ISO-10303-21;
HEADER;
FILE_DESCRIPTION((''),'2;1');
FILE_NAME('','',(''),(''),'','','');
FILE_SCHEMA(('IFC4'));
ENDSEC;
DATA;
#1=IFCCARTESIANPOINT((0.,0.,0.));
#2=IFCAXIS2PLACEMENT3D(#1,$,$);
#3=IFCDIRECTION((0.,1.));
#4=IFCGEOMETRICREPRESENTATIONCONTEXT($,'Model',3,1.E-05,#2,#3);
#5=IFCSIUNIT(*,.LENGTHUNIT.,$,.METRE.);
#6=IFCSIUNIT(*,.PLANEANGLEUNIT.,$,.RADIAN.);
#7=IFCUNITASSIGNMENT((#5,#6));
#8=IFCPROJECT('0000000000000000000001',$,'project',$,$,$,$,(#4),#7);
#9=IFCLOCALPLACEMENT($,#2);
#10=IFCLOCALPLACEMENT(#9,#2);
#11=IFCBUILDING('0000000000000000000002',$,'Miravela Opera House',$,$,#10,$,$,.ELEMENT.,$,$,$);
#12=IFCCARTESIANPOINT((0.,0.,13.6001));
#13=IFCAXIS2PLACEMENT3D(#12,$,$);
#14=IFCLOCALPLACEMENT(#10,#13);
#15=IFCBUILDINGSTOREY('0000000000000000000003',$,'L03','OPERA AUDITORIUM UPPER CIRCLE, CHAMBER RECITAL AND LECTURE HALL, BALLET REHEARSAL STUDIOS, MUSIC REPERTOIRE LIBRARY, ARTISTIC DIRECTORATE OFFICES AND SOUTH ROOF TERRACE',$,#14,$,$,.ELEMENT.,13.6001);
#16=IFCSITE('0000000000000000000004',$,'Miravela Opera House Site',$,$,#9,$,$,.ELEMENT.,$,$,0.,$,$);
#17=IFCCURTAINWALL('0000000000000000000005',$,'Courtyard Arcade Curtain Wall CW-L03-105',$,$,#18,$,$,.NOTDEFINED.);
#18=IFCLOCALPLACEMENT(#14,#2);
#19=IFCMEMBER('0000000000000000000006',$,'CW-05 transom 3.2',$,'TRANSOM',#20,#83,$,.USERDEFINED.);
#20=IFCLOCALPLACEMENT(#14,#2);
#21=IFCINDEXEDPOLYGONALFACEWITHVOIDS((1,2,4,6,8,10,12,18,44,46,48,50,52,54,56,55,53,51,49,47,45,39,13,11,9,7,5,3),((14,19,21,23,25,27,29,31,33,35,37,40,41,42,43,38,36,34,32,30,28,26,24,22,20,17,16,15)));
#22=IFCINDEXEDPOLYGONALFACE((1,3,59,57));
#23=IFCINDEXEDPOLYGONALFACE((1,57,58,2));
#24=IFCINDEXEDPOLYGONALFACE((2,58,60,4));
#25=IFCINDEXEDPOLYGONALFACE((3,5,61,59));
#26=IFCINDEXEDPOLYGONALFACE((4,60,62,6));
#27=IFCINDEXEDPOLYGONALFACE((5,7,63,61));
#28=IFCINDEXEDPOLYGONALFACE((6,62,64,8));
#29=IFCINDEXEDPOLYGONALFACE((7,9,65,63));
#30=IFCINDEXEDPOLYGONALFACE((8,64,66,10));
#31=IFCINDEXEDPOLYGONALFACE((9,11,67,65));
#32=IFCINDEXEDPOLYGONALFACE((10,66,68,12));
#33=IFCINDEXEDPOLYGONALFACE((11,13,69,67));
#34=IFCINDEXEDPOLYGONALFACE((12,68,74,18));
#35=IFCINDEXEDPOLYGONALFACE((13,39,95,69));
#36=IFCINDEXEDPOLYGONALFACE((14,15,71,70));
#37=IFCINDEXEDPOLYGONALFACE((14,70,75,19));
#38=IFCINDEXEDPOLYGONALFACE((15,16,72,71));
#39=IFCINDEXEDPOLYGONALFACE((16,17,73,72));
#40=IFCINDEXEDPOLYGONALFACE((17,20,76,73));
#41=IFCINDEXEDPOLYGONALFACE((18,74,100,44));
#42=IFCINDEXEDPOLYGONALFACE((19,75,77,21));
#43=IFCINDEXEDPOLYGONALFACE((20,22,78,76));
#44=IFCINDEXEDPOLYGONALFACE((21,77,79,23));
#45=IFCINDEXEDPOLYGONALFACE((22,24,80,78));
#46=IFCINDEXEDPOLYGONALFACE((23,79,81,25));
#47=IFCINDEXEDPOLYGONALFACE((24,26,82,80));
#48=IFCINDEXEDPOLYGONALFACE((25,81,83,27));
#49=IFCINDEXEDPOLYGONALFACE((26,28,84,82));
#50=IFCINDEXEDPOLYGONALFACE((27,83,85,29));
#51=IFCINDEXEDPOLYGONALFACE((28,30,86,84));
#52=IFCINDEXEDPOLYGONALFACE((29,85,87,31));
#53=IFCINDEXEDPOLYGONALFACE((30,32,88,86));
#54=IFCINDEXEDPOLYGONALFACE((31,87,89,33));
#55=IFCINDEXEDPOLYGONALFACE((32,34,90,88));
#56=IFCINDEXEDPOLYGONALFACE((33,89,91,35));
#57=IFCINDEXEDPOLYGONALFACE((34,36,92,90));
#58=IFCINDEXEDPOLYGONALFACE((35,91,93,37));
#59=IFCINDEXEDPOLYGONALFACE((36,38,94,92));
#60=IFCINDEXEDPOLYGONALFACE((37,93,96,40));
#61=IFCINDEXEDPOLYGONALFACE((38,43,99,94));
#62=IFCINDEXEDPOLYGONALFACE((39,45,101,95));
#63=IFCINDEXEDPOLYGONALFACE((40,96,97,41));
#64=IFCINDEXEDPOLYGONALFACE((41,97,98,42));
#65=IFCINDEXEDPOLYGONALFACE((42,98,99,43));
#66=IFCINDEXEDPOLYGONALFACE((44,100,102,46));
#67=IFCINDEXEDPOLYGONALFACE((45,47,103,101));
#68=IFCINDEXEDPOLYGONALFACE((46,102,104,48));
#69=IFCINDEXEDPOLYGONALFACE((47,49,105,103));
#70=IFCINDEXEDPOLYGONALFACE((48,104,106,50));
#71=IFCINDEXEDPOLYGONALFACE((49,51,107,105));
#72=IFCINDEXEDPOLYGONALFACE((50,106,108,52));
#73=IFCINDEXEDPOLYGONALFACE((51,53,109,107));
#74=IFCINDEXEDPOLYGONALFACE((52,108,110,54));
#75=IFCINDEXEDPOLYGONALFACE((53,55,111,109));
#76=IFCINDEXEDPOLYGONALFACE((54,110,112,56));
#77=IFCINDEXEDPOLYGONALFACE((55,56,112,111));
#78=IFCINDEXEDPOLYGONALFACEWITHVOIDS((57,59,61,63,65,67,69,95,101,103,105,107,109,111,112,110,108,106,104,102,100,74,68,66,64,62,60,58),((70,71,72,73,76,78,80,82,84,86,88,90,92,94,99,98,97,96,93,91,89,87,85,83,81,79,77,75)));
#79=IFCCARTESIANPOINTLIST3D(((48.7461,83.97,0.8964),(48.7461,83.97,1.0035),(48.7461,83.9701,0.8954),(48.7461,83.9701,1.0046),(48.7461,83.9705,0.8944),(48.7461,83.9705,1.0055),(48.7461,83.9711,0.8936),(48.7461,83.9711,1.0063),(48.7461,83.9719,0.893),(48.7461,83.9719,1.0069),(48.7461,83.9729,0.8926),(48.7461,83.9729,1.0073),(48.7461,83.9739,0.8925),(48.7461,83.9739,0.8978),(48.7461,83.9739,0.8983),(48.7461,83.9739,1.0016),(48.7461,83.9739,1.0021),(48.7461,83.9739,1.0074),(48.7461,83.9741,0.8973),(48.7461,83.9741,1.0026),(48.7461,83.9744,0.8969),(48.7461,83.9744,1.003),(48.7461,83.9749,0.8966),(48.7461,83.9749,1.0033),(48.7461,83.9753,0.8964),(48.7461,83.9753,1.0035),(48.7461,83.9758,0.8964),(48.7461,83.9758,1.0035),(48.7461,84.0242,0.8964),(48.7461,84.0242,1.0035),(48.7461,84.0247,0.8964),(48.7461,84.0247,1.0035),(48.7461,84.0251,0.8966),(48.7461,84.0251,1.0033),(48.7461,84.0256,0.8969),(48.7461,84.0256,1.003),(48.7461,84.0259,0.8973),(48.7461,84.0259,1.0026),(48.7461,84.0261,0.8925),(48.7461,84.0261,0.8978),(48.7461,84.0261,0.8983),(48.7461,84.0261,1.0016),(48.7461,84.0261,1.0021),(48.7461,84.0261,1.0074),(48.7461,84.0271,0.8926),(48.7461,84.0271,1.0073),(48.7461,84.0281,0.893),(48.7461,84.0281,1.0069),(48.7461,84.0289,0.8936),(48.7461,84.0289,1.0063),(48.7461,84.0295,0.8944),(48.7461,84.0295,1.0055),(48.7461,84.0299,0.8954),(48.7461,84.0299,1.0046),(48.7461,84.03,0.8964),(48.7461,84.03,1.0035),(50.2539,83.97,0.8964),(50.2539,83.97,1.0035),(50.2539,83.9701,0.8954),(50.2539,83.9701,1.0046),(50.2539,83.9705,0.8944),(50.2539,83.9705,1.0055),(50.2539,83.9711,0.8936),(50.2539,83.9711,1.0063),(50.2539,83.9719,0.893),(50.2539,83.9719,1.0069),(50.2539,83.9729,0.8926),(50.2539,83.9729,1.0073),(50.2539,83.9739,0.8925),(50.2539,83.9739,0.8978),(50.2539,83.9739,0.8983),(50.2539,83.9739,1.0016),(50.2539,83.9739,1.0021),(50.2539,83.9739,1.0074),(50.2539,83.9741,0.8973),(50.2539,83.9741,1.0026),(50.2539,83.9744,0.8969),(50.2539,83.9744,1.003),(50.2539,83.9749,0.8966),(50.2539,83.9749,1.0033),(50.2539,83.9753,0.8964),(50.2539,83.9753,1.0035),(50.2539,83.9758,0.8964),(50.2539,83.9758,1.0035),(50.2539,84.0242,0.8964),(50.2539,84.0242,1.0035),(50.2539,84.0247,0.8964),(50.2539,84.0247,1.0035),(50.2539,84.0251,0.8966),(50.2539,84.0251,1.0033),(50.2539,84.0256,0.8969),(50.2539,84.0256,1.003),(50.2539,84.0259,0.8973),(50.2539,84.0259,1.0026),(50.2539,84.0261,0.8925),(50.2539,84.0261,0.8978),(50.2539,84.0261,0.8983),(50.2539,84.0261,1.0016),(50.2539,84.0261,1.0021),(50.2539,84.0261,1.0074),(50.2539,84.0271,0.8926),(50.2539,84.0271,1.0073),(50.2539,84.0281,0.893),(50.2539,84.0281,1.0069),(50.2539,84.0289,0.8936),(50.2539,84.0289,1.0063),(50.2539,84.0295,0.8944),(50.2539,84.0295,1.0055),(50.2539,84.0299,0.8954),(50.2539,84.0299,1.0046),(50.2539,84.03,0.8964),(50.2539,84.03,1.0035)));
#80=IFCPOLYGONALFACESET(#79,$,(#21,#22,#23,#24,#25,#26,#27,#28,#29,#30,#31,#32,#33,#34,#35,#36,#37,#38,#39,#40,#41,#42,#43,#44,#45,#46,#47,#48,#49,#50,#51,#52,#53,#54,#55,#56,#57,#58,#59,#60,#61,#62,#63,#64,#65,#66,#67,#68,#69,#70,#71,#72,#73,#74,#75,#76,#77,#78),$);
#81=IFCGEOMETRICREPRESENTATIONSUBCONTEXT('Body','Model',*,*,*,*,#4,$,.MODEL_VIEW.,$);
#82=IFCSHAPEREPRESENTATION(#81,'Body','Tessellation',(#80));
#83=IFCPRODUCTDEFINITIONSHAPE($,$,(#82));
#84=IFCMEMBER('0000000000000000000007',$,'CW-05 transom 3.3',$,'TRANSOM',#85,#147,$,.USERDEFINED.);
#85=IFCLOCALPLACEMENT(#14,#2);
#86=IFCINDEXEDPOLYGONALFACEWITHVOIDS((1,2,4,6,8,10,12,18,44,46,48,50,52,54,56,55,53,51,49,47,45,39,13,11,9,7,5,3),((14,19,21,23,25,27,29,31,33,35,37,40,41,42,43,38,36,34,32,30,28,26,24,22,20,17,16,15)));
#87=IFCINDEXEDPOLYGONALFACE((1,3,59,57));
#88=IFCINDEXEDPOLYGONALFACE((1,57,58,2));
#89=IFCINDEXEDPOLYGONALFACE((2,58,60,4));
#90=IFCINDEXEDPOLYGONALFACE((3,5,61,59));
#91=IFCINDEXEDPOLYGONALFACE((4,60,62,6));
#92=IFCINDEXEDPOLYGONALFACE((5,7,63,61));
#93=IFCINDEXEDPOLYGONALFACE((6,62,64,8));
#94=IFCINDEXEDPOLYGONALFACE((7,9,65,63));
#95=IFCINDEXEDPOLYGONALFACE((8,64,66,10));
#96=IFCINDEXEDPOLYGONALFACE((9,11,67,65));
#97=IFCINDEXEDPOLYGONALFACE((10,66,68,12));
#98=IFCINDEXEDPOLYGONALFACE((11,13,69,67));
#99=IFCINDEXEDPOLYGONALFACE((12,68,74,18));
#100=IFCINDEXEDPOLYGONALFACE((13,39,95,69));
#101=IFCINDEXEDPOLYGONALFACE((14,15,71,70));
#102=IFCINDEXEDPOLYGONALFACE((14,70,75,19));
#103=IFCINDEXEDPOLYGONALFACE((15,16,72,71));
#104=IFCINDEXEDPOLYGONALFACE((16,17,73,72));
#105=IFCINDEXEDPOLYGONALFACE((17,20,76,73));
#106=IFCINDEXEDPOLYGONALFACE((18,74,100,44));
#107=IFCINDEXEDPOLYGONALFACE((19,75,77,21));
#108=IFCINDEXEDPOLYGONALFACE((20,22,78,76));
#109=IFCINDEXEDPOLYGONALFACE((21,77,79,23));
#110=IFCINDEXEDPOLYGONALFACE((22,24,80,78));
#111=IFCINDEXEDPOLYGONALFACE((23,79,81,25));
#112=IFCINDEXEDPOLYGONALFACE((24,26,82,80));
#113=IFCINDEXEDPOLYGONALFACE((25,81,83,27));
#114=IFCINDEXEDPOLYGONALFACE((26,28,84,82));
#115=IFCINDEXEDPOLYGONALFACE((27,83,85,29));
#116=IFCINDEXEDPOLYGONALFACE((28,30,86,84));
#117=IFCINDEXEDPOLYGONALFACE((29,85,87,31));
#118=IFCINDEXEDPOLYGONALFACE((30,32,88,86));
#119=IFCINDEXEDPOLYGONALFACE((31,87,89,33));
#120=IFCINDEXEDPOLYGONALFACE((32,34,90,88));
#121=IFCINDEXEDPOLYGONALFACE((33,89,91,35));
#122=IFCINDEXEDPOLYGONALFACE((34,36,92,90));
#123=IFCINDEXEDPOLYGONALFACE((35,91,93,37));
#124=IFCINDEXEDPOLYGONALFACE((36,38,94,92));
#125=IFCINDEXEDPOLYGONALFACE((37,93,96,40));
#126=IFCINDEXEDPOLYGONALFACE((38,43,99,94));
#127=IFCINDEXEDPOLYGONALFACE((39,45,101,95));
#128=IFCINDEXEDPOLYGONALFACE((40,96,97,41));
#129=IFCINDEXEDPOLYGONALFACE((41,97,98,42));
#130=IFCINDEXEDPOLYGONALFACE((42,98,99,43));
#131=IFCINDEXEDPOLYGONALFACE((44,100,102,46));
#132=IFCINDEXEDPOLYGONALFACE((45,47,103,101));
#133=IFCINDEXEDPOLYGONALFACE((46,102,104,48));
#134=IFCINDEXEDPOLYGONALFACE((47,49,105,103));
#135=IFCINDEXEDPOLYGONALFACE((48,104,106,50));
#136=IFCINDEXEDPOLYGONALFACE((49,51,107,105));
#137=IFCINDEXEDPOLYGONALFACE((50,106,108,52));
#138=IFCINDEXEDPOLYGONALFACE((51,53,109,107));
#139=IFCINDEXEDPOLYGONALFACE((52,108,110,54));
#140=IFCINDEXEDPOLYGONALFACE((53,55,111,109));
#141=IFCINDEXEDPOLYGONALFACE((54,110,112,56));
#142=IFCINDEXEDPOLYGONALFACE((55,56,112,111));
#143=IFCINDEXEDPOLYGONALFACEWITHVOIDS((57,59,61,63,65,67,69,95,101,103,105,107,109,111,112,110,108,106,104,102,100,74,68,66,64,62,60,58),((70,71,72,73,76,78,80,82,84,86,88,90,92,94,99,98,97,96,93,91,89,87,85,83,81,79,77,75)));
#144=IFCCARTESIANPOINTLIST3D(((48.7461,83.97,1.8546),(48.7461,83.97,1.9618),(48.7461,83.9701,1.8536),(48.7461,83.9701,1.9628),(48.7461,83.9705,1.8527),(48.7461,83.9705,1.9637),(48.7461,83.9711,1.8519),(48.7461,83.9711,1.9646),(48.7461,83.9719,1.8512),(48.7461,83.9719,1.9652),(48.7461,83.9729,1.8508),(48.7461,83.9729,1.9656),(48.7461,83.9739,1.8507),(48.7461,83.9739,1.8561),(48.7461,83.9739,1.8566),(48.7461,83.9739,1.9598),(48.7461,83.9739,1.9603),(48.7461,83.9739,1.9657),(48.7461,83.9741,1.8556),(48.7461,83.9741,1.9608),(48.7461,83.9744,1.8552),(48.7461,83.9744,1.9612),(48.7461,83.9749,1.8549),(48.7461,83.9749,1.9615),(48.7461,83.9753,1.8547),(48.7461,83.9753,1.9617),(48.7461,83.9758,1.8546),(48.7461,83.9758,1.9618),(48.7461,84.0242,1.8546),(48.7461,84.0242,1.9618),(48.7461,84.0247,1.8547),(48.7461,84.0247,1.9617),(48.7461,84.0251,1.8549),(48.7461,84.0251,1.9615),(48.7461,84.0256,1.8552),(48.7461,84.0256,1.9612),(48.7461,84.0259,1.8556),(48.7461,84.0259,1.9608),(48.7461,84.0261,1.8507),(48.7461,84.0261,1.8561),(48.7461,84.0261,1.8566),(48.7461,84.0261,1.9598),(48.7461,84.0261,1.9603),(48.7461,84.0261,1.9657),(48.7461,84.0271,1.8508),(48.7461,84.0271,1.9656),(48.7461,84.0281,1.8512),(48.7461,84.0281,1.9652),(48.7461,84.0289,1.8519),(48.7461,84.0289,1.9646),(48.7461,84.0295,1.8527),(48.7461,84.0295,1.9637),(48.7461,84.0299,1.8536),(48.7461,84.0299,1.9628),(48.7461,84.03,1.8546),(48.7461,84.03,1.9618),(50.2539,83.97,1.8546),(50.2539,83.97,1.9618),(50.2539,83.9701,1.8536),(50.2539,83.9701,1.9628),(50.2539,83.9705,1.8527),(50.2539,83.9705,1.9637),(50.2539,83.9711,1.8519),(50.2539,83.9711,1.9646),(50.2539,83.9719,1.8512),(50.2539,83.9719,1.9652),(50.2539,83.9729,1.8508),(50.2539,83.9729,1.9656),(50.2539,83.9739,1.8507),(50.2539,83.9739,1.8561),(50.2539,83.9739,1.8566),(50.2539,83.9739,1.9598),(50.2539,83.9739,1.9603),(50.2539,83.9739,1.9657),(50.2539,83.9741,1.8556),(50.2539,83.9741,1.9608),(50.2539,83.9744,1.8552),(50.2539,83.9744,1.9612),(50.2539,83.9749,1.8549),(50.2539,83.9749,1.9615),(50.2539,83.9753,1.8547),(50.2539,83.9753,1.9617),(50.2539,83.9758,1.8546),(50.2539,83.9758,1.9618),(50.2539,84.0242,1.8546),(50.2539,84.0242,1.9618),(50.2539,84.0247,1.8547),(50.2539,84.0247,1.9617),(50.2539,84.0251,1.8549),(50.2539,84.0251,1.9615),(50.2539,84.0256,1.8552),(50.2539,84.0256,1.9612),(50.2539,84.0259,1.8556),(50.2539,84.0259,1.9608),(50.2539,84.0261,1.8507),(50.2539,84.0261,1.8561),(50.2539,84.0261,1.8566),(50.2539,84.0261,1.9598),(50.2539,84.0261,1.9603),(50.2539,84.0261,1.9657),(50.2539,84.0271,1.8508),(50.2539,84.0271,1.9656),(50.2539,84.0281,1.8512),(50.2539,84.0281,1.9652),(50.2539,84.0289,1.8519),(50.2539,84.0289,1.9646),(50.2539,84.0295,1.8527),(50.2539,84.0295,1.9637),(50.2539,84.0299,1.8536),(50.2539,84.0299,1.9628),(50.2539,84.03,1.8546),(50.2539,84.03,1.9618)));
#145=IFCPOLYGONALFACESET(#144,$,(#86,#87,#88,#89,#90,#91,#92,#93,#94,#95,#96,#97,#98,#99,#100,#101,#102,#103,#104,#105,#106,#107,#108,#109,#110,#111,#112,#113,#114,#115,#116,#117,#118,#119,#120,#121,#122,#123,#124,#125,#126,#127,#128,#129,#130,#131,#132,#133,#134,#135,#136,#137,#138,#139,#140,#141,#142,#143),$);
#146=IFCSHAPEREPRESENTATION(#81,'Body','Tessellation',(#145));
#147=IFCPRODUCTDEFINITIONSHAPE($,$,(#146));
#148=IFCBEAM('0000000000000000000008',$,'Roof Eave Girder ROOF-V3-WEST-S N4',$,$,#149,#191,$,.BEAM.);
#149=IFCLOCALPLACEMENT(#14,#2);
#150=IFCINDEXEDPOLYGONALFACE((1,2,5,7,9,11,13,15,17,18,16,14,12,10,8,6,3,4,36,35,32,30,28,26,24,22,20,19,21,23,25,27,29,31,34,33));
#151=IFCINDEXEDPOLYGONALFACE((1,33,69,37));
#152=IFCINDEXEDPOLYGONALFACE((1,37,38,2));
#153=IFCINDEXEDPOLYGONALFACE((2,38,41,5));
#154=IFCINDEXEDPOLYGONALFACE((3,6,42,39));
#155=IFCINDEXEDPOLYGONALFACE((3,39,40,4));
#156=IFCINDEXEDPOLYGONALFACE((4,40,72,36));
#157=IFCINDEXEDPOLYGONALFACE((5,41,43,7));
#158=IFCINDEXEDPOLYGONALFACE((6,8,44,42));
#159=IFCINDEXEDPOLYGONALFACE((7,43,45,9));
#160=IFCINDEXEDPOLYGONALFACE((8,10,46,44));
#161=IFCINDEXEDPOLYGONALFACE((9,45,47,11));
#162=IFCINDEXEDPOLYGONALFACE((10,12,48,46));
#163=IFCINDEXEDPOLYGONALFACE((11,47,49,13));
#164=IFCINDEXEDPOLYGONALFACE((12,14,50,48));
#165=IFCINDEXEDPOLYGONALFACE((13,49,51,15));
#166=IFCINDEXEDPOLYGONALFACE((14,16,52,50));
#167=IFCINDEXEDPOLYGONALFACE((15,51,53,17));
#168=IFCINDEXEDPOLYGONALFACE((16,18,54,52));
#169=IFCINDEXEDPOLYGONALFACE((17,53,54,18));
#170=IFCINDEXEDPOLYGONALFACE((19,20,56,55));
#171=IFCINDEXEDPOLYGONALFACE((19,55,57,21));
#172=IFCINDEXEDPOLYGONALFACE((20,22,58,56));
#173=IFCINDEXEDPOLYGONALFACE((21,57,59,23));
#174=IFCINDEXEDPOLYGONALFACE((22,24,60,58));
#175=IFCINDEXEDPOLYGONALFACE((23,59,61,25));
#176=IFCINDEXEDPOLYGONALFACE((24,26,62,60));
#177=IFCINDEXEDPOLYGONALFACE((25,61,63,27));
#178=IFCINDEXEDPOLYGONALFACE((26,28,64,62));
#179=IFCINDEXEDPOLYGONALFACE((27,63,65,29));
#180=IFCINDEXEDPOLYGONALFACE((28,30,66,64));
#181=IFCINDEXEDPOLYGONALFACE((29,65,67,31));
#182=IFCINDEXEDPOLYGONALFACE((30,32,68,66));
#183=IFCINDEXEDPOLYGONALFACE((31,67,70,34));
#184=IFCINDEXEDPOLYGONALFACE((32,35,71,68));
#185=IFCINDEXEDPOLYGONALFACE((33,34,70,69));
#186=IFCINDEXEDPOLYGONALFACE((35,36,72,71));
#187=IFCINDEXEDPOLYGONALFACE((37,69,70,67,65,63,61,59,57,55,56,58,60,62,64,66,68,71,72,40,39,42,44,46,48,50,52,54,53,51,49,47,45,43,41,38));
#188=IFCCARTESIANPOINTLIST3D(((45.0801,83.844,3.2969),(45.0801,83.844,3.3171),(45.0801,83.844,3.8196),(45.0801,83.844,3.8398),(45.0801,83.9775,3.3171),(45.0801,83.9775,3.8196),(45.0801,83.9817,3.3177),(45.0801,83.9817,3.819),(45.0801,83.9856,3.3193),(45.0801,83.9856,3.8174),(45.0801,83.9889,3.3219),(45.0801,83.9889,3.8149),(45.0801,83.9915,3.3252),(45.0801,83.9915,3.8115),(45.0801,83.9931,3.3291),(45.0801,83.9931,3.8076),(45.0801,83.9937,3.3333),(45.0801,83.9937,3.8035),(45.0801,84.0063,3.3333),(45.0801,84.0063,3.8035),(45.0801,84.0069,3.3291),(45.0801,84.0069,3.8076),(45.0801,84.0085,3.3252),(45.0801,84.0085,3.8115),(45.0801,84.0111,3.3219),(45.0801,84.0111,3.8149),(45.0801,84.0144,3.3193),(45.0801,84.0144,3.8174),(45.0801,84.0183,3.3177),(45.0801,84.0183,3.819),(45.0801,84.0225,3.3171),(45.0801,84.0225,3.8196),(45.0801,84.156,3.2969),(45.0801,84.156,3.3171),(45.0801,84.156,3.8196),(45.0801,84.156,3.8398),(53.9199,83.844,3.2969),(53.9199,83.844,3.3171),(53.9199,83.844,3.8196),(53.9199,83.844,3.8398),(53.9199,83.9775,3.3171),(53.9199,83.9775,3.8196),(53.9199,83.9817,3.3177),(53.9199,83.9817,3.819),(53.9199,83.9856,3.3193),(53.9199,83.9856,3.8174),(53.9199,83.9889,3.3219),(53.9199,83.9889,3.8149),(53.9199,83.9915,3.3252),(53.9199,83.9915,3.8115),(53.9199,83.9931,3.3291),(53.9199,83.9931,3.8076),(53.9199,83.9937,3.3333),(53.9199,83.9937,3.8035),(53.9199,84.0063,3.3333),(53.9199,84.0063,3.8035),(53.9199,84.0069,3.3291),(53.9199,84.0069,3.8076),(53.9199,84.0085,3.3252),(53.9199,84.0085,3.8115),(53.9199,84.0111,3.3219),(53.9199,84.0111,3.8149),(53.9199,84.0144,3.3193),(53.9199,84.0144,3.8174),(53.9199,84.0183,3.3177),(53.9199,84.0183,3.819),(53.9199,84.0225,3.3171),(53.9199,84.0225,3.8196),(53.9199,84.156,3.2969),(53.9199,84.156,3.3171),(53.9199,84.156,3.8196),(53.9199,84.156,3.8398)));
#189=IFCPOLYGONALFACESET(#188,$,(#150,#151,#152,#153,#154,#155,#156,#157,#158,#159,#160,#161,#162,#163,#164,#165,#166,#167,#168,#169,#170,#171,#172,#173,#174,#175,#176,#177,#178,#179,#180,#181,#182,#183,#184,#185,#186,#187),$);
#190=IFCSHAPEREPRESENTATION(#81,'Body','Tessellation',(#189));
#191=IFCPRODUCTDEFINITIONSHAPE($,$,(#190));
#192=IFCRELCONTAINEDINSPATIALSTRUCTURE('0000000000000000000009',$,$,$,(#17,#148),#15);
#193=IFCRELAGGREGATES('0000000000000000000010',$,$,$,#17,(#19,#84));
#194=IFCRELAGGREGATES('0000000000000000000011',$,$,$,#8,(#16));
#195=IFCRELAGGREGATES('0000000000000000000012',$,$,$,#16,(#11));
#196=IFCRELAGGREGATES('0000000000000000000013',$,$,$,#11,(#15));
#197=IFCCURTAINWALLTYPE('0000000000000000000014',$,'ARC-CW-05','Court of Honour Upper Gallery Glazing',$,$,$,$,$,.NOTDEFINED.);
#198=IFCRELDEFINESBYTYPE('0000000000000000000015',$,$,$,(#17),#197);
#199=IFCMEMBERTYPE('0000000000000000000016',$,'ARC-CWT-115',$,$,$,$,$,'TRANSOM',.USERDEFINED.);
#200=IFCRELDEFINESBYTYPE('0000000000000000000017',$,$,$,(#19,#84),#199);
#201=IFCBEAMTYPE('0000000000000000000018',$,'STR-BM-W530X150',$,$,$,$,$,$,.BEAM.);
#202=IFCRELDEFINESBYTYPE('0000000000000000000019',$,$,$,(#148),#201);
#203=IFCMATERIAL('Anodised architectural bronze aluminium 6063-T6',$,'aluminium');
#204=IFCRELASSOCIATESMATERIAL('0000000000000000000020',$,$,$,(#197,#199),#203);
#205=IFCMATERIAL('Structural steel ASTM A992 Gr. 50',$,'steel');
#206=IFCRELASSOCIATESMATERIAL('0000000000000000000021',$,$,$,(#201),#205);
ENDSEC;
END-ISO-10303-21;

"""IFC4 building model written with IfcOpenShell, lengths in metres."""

from ifc_helpers import new_model, si_unit, direction, frame, origin, origin_2d, place, context, subcontext, project, spatial, hollow_rectangle, i_section, extrude, material, material_profile, profile_set, type_object, element, aggregate, save


model = new_model("IFC4")

# Units and contexts
model_context = context("Model", 3, precision=1e-05, world=origin(), true_north=direction((0.0, 1.0)))
body_context = subcontext(model_context, "Body", "Model", "MODEL_VIEW")
ifc_project = project(units=[si_unit("LENGTHUNIT", "METRE"), si_unit("PLANEANGLEUNIT", "RADIAN")], contexts=[model_context])

# Site, building, storey
site_placement = place(None, origin())
site = spatial("IfcSite", under=ifc_project, at=site_placement, Name="Miravela Opera House Site", CompositionType="ELEMENT", RefElevation=0.0)
building_placement = place(site_placement, origin())
building = spatial("IfcBuilding", under=site, at=building_placement, Name="Miravela Opera House", CompositionType="ELEMENT")
storey_placement = place(building_placement, frame((0.0, 0.0, 13.6001)))
storey = spatial("IfcBuildingStorey", under=building, at=storey_placement, Name="L03", Description="OPERA AUDITORIUM UPPER CIRCLE, CHAMBER RECITAL AND LECTURE HALL, BALLET REHEARSAL STUDIOS, MUSIC REPERTOIRE LIBRARY, ARTISTIC DIRECTORATE OFFICES AND SOUTH ROOF TERRACE", CompositionType="ELEMENT", Elevation=13.6001)

# Shared definitions
ifc_material_1 = material(Name="Anodised architectural bronze aluminium 6063-T6", Category="aluminium")
curtain_wall_type = type_object("IfcCurtainWallType", Name="ARC-CW-05", Description="Court of Honour Upper Gallery Glazing", PredefinedType="NOTDEFINED", material=ifc_material_1)

# Curtain wall
curtain_wall_1_placement = place(storey_placement, origin())
curtain_wall_1 = element("IfcCurtainWall", 1, at=curtain_wall_1_placement, inside=storey, type_object=curtain_wall_type, Name="Courtyard Arcade Curtain Wall CW-L03-105", PredefinedType="NOTDEFINED")

# Members
ifc_material_profile_1 = material_profile(ifc_material_1, hollow_rectangle(XDim=0.0601, YDim=0.115, WallThickness=0.0039, InnerFilletRadius=0.002, OuterFilletRadius=0.0039, at=origin_2d()), Name="CWT-60X115")
ifc_profile_set_1 = profile_set([ifc_material_profile_1])
member_type_1 = type_object("IfcMemberType", Name="ARC-CWT-115", ElementType="TRANSOM", PredefinedType="USERDEFINED", material=ifc_profile_set_1)
member_1_placement = place(storey_placement, frame((48.7461, 84.0, 0.95), z_axis=(1.0, 0.0, 0.0), x_axis=(0.0, 1.0, 0.0)))
member_1 = element("IfcMember", 2, at=member_1_placement, type_object=member_type_1, Name="CW-05 transom 3.2", ObjectType="TRANSOM", PredefinedType="USERDEFINED", context=body_context, shape_type="SweptSolid", body=[
    extrude(hollow_rectangle(XDim=0.0601, YDim=0.115, WallThickness=0.0039, InnerFilletRadius=0.002, OuterFilletRadius=0.0039, at=origin_2d()), origin(), (0.0, 0.0, 1.0), 1.5078),
])
member_2_placement = place(storey_placement, frame((48.7461, 84.0, 1.9082), z_axis=(1.0, 0.0, 0.0), x_axis=(0.0, 1.0, 0.0)))
member_2 = element("IfcMember", 3, at=member_2_placement, type_object=member_type_1, Name="CW-05 transom 3.3", ObjectType="TRANSOM", PredefinedType="USERDEFINED", context=body_context, shape_type="SweptSolid", body=[
    extrude(hollow_rectangle(XDim=0.0601, YDim=0.115, WallThickness=0.0039, InnerFilletRadius=0.002, OuterFilletRadius=0.0039, at=origin_2d()), origin(), (0.0, 0.0, 1.0), 1.5078),
])

# Beam
ifc_material_2 = material(Name="Structural steel ASTM A992 Gr. 50", Category="steel")
ifc_material_profile_2 = material_profile(ifc_material_2, i_section(OverallWidth=0.312, OverallDepth=0.543, WebThickness=0.0127, FlangeThickness=0.0203, FilletRadius=0.0161, at=origin_2d()), Name="W530X150")
ifc_profile_set_2 = profile_set([ifc_material_profile_2])
beam_type = type_object("IfcBeamType", Name="STR-BM-W530X150", PredefinedType="BEAM", material=ifc_profile_set_2)
for number, where, z_axis, x_axis, name in (
    (4, (45.0801, 84.0, 3.5684), (1.0, 0.0, 0.0), (0.0, 1.0, 0.0), "Roof Eave Girder ROOF-V3-WEST-S N4"),
):
    element("IfcBeam", number, at=place(storey_placement, frame(where, z_axis=z_axis, x_axis=x_axis)), inside=storey, type_object=beam_type, Name=name, PredefinedType="BEAM", context=body_context, shape_type="SweptSolid", body=[
        extrude(i_section(OverallWidth=0.312, OverallDepth=0.543, WebThickness=0.0127, FlangeThickness=0.0203, FilletRadius=0.0161, at=origin_2d()), origin(), (0.0, 0.0, 1.0), 8.8398),
    ])

aggregate(curtain_wall_1, [member_1, member_2])

save(model, "model.ifc")
